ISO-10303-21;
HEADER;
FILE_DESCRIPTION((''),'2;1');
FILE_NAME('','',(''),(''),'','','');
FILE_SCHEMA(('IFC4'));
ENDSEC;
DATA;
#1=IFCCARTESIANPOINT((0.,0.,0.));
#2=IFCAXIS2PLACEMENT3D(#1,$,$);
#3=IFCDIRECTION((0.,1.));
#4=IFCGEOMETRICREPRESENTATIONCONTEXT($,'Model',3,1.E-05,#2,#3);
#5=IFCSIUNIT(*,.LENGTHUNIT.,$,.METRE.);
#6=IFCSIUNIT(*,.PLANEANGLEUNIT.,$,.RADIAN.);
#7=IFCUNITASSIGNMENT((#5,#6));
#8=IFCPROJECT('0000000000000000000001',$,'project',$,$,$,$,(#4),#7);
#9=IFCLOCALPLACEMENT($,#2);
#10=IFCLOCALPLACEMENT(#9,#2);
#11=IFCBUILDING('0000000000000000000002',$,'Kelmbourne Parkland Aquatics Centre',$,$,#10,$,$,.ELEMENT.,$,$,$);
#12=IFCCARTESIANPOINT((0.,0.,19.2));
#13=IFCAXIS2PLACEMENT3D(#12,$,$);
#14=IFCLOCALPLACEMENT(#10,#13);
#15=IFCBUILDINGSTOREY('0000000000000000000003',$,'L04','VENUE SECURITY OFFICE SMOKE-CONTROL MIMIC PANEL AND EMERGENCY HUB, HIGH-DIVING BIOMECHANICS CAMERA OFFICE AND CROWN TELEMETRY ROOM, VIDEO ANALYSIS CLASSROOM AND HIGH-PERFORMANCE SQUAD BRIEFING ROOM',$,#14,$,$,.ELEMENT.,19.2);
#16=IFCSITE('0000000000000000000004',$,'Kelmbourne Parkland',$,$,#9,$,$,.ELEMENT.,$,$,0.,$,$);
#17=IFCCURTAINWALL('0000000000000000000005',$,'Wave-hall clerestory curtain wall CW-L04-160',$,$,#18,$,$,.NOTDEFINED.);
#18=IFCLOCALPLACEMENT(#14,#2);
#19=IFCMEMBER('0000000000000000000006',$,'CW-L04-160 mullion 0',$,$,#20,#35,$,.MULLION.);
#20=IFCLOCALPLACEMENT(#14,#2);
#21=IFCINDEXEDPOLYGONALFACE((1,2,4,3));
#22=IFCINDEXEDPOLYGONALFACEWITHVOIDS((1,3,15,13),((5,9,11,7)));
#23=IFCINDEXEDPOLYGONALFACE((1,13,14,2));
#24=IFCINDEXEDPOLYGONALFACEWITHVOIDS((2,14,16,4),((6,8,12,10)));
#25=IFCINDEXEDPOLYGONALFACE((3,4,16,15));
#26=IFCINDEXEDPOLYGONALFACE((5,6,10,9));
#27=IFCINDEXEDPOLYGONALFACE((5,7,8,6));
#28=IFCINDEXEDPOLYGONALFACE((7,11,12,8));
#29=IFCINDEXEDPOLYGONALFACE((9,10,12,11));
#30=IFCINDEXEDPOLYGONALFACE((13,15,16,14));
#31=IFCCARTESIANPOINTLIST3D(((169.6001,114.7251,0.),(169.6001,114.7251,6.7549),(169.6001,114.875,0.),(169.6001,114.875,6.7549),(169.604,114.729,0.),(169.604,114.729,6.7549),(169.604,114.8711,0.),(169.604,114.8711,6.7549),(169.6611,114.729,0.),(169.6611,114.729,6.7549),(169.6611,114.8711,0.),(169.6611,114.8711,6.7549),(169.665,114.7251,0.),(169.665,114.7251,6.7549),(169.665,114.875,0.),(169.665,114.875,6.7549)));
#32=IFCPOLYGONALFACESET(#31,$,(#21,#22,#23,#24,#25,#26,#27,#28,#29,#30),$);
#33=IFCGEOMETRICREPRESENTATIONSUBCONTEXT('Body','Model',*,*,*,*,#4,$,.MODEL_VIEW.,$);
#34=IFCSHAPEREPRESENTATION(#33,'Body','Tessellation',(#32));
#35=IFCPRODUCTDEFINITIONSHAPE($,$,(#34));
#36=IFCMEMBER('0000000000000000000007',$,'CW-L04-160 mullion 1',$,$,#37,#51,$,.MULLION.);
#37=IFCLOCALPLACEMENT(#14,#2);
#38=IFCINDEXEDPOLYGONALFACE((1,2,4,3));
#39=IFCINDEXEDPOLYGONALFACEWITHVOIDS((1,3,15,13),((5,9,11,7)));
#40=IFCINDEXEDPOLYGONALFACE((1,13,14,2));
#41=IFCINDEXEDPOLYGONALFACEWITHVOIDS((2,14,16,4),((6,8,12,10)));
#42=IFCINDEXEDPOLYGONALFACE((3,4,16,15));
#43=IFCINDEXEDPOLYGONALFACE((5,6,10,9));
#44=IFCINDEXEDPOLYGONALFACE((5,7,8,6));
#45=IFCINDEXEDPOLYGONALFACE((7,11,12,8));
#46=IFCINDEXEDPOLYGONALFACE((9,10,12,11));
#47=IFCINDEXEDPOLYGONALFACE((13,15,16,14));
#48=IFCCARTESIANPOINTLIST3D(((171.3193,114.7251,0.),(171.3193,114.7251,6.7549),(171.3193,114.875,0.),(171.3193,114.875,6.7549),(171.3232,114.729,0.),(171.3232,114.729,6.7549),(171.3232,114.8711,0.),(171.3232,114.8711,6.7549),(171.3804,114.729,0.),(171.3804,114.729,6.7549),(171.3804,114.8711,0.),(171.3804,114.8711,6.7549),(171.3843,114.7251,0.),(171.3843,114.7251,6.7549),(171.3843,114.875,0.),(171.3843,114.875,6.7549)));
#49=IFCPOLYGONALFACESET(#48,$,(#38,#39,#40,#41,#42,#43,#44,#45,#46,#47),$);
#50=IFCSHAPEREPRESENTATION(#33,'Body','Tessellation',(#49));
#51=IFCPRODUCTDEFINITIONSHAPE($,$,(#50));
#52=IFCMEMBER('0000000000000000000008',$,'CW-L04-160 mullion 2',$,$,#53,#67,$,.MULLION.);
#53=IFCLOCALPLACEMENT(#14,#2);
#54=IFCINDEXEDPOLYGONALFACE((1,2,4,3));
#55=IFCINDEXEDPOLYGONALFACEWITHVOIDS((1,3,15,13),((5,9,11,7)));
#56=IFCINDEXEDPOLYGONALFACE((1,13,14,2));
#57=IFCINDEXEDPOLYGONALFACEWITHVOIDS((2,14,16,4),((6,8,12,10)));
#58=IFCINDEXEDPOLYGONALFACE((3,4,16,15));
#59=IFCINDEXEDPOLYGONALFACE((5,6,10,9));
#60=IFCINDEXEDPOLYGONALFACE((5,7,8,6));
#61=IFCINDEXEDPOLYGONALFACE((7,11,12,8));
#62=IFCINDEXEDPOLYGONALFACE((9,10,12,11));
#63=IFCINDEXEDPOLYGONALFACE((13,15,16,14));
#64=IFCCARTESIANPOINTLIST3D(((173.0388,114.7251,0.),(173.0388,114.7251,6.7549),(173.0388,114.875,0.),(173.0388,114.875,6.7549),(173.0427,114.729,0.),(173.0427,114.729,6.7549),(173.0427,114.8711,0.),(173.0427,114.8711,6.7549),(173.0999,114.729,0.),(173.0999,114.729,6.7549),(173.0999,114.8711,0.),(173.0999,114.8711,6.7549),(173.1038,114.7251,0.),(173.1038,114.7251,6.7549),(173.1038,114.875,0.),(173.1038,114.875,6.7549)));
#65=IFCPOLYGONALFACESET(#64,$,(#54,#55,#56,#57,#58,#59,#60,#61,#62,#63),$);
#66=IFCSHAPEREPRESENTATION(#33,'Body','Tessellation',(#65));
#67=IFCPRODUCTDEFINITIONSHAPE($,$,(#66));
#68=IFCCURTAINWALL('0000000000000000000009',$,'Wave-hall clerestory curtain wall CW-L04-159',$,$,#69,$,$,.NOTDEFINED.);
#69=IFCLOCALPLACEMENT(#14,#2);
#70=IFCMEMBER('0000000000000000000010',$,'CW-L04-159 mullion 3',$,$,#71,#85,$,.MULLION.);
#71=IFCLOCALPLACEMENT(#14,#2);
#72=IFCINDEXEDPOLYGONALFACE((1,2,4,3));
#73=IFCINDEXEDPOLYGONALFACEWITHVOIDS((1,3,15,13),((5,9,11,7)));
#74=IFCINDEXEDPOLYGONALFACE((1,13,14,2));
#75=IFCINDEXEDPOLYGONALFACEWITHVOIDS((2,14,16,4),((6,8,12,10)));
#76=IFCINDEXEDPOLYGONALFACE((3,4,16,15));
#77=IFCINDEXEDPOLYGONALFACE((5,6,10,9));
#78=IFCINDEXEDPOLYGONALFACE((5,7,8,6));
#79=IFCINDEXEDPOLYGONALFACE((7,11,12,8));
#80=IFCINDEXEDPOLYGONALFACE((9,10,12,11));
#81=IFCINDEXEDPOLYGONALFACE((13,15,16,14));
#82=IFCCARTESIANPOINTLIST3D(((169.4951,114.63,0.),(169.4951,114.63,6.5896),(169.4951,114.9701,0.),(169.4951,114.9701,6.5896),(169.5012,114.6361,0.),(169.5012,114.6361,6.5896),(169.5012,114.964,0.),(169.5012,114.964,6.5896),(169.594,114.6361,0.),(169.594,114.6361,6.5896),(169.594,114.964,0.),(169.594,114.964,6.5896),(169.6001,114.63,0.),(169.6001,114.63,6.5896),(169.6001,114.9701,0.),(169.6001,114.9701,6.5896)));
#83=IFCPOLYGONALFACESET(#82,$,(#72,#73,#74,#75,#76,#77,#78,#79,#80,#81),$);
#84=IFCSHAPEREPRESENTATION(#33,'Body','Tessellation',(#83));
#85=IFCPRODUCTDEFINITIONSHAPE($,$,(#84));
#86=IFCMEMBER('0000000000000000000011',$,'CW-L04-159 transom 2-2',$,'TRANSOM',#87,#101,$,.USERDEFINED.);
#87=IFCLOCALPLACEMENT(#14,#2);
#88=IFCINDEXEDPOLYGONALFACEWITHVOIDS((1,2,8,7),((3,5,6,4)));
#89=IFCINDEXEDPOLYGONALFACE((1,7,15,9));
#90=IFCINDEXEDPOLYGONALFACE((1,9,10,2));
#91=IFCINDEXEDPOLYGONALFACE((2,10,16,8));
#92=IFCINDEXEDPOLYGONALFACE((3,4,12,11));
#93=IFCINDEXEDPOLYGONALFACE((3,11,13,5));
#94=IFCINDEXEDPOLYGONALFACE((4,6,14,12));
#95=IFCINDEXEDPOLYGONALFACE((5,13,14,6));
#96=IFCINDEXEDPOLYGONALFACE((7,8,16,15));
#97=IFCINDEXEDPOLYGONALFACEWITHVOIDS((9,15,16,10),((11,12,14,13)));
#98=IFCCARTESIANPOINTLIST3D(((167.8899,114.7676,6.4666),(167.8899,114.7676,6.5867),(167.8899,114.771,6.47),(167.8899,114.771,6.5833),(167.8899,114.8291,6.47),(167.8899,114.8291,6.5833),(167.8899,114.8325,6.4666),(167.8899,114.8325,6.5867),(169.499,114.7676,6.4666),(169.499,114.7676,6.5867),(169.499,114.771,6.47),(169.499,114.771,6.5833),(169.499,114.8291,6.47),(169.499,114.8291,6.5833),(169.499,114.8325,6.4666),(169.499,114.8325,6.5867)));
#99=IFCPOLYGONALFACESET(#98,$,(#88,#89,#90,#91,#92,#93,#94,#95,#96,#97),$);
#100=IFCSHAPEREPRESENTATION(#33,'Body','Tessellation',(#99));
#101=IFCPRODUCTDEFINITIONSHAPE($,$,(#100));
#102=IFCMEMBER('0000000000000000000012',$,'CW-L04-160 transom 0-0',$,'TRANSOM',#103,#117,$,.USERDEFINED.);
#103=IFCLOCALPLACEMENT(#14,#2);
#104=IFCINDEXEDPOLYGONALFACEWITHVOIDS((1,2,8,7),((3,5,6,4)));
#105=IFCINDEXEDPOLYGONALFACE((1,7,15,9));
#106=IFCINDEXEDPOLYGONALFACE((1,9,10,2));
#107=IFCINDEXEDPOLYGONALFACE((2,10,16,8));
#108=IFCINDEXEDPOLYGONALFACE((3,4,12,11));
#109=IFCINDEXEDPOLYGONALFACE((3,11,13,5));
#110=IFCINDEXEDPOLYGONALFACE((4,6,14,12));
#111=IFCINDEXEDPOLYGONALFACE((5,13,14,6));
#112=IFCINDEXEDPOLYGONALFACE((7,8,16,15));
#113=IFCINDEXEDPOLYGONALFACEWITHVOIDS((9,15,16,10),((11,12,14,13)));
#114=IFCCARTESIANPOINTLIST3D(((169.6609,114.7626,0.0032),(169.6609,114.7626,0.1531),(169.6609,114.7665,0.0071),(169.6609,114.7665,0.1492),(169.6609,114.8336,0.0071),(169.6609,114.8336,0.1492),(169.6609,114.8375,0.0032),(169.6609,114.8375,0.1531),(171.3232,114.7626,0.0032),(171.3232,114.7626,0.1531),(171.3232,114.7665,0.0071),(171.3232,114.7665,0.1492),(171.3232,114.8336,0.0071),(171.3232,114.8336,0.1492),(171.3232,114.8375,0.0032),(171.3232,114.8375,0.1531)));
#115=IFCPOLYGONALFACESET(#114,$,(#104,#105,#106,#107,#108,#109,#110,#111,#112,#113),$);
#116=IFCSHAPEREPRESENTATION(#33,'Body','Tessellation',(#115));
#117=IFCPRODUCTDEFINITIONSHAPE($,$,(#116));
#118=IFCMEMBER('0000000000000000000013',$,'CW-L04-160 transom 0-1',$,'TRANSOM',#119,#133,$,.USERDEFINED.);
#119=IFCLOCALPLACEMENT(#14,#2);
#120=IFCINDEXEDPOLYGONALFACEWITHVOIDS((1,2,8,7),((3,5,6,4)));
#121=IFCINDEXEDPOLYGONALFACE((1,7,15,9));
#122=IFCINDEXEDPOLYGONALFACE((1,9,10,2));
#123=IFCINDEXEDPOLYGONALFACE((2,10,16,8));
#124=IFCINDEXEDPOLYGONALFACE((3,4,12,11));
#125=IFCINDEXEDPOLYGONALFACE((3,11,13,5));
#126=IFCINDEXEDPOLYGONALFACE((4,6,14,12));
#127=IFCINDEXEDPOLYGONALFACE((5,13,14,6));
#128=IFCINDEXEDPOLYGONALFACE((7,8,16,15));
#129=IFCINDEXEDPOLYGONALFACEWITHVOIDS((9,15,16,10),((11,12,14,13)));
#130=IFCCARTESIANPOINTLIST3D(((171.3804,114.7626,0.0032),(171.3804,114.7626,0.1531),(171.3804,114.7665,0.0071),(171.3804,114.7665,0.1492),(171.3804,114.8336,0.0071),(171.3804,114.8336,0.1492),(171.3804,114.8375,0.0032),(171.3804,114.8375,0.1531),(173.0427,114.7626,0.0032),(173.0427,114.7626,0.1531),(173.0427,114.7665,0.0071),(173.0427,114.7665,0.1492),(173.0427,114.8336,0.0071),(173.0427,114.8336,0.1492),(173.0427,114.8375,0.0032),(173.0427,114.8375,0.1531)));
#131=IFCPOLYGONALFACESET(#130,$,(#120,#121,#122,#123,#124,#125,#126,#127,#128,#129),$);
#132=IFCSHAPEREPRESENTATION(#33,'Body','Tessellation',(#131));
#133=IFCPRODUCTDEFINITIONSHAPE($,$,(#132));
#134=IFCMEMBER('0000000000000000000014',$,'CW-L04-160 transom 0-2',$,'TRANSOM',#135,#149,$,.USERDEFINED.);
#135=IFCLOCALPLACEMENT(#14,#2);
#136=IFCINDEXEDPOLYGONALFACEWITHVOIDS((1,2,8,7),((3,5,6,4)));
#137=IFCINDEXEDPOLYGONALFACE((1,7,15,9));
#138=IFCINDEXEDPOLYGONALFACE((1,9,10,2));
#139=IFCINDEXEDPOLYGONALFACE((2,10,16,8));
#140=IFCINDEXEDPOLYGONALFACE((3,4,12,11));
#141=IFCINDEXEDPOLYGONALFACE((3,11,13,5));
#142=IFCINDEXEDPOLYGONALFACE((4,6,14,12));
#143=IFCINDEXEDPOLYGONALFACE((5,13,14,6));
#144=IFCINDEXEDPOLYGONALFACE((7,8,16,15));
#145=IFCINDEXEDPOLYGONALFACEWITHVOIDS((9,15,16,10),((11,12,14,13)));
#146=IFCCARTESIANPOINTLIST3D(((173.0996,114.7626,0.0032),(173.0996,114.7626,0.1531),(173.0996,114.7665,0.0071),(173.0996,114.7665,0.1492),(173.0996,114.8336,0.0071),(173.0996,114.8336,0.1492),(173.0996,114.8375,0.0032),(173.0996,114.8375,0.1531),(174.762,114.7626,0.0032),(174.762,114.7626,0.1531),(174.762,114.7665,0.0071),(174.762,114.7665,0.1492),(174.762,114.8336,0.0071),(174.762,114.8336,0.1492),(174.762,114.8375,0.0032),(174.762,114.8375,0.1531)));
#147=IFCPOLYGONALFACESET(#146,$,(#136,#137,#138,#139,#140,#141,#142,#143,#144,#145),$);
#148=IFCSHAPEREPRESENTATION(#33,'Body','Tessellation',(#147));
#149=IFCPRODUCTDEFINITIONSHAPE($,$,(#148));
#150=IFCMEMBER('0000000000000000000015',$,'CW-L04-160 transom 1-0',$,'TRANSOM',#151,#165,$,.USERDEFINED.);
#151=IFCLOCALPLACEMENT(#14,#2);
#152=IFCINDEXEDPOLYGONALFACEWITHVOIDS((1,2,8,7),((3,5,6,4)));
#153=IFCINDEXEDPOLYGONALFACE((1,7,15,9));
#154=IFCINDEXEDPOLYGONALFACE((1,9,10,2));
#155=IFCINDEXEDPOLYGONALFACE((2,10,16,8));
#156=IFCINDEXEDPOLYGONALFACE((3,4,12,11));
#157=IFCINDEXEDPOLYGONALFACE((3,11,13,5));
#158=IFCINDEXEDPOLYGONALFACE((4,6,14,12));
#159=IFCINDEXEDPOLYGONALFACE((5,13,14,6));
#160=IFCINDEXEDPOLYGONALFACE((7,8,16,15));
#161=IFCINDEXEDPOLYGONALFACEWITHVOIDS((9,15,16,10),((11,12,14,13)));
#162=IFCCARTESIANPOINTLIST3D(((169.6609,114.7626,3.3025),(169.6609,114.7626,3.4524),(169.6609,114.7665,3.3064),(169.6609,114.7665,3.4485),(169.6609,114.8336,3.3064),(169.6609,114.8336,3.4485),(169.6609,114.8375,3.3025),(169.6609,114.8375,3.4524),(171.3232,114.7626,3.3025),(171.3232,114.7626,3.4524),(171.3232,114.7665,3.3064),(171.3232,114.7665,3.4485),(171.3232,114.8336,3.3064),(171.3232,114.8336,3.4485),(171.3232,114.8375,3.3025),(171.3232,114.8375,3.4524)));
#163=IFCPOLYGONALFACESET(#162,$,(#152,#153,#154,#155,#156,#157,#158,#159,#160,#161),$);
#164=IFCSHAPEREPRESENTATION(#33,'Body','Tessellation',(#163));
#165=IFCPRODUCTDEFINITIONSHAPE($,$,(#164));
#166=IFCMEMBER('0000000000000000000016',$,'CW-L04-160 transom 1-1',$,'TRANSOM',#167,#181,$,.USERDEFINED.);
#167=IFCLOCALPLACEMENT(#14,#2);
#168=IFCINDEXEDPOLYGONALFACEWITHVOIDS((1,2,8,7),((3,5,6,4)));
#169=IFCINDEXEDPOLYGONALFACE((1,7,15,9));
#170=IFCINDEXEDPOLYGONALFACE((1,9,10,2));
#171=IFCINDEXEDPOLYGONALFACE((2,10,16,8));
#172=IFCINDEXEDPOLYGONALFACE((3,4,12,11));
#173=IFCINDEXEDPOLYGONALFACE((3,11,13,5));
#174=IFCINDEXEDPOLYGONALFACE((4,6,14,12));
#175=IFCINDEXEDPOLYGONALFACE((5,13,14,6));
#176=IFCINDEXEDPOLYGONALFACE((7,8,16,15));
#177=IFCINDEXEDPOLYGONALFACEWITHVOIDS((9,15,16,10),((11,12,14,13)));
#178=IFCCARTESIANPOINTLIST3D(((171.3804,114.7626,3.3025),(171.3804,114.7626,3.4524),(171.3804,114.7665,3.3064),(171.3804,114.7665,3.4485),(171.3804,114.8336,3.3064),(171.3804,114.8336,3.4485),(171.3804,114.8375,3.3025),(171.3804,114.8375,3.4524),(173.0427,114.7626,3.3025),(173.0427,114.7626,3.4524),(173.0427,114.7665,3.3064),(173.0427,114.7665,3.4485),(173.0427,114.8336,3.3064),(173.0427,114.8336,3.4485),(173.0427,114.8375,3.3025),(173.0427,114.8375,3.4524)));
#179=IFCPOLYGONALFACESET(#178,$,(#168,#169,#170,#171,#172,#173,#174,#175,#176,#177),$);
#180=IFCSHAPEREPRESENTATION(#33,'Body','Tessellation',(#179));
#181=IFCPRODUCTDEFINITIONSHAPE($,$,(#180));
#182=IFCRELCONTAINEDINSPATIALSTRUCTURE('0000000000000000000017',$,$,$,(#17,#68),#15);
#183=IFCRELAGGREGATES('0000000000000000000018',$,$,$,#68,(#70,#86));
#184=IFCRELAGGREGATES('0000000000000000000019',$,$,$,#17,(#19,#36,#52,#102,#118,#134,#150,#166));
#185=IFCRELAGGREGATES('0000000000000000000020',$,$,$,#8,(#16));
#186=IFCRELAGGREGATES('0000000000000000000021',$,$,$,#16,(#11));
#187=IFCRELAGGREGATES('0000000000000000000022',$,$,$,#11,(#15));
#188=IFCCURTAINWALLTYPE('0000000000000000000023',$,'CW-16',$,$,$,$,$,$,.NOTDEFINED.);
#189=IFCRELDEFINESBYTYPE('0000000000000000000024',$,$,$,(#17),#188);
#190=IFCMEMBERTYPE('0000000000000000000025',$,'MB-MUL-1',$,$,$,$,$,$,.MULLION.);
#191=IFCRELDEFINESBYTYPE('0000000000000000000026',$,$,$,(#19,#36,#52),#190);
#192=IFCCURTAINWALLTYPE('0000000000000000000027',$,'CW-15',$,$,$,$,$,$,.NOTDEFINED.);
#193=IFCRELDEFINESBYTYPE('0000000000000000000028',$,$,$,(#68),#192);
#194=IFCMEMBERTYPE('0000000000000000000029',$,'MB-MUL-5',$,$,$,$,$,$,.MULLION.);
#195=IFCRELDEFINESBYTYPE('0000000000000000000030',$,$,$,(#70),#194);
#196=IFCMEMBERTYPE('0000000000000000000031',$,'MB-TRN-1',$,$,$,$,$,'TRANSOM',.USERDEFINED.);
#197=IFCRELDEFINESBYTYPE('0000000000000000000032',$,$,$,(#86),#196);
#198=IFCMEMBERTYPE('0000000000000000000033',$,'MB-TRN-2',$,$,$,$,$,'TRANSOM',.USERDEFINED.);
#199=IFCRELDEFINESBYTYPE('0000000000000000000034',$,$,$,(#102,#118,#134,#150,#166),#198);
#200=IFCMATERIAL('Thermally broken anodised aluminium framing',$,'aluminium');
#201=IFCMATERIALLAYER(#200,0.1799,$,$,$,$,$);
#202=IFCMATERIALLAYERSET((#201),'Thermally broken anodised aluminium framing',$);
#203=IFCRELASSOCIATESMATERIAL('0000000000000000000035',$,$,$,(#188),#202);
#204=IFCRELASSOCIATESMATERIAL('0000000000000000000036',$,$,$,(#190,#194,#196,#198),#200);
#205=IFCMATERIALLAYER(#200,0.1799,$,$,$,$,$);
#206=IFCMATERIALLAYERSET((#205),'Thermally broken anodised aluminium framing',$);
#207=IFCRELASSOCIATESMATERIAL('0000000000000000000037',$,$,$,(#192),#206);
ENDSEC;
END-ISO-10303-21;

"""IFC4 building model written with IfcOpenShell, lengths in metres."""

from ifc_helpers import new_model, si_unit, direction, frame, origin, origin_2d, place, context, subcontext, project, spatial, hollow_rectangle, extrude, material, layer, layer_set, material_profile, profile_set, type_object, element, aggregate, save


model = new_model("IFC4")

# Units and contexts
model_context = context("Model", 3, precision=1e-05, world=origin(), true_north=direction((0.0, 1.0)))
body_context = subcontext(model_context, "Body", "Model", "MODEL_VIEW")
ifc_project = project(units=[si_unit("LENGTHUNIT", "METRE"), si_unit("PLANEANGLEUNIT", "RADIAN")], contexts=[model_context])

# Site, building, storey
site_placement = place(None, origin())
site = spatial("IfcSite", under=ifc_project, at=site_placement, Name="Kelmbourne Parkland", CompositionType="ELEMENT", RefElevation=0.0)
building_placement = place(site_placement, origin())
building = spatial("IfcBuilding", under=site, at=building_placement, Name="Kelmbourne Parkland Aquatics Centre", CompositionType="ELEMENT")
storey_placement = place(building_placement, frame((0.0, 0.0, 19.2)))
storey = spatial("IfcBuildingStorey", under=building, at=storey_placement, Name="L04", Description="VENUE SECURITY OFFICE SMOKE-CONTROL MIMIC PANEL AND EMERGENCY HUB, HIGH-DIVING BIOMECHANICS CAMERA OFFICE AND CROWN TELEMETRY ROOM, VIDEO ANALYSIS CLASSROOM AND HIGH-PERFORMANCE SQUAD BRIEFING ROOM", CompositionType="ELEMENT", Elevation=19.2)

# Curtain walls, members
ifc_material_1 = material(Name="Thermally broken anodised aluminium framing", Category="aluminium")
ifc_layer_1 = layer(ifc_material_1, 0.1799)
ifc_layer_set_1 = layer_set([ifc_layer_1], Name="Thermally broken anodised aluminium framing")
curtain_wall_type_1 = type_object("IfcCurtainWallType", Name="CW-16", PredefinedType="NOTDEFINED", material=ifc_layer_set_1)
curtain_wall_1_placement = place(storey_placement, origin())
curtain_wall_1 = element("IfcCurtainWall", 1, at=curtain_wall_1_placement, inside=storey, type_object=curtain_wall_type_1, Name="Wave-hall clerestory curtain wall CW-L04-160", PredefinedType="NOTDEFINED")
ifc_material_profile_1 = material_profile(ifc_material_1, hollow_rectangle(XDim=0.0649, YDim=0.1499, WallThickness=0.0039, at=origin_2d()), Name="CW-M 65x150")
ifc_profile_set_1 = profile_set([ifc_material_profile_1], Name="Thermally broken anodised aluminium framing")
member_type_1 = type_object("IfcMemberType", Name="MB-MUL-1", PredefinedType="MULLION", material=ifc_profile_set_1)
member_1_placement = place(storey_placement, frame((169.6326, 114.8, 0.0), z_axis=(0.0, 0.0, 1.0), x_axis=(1.0, 0.0, 0.0)))
member_1 = element("IfcMember", 2, at=member_1_placement, type_object=member_type_1, Name="CW-L04-160 mullion 0", PredefinedType="MULLION", context=body_context, shape_type="SweptSolid", body=[
    extrude(hollow_rectangle(XDim=0.0649, YDim=0.1499, WallThickness=0.0039, at=origin_2d()), origin(), (0.0, 0.0, 1.0), 6.7549),
])
member_2_placement = place(storey_placement, frame((171.3518, 114.8, 0.0), z_axis=(0.0, 0.0, 1.0), x_axis=(1.0, 0.0, 0.0)))
member_2 = element("IfcMember", 3, at=member_2_placement, type_object=member_type_1, Name="CW-L04-160 mullion 1", PredefinedType="MULLION", context=body_context, shape_type="SweptSolid", body=[
    extrude(hollow_rectangle(XDim=0.0649, YDim=0.1499, WallThickness=0.0039, at=origin_2d()), origin(), (0.0, 0.0, 1.0), 6.7549),
])
member_3_placement = place(storey_placement, frame((173.0713, 114.8, 0.0), z_axis=(0.0, 0.0, 1.0), x_axis=(1.0, 0.0, 0.0)))
member_3 = element("IfcMember", 4, at=member_3_placement, type_object=member_type_1, Name="CW-L04-160 mullion 2", PredefinedType="MULLION", context=body_context, shape_type="SweptSolid", body=[
    extrude(hollow_rectangle(XDim=0.0649, YDim=0.1499, WallThickness=0.0039, at=origin_2d()), origin(), (0.0, 0.0, 1.0), 6.7549),
])
ifc_layer_2 = layer(ifc_material_1, 0.1799)
ifc_layer_set_2 = layer_set([ifc_layer_2], Name="Thermally broken anodised aluminium framing")
curtain_wall_type_2 = type_object("IfcCurtainWallType", Name="CW-15", PredefinedType="NOTDEFINED", material=ifc_layer_set_2)
curtain_wall_2_placement = place(storey_placement, origin())
curtain_wall_2 = element("IfcCurtainWall", 5, at=curtain_wall_2_placement, inside=storey, type_object=curtain_wall_type_2, Name="Wave-hall clerestory curtain wall CW-L04-159", PredefinedType="NOTDEFINED")
ifc_material_profile_2 = material_profile(ifc_material_1, hollow_rectangle(XDim=0.105, YDim=0.3401, WallThickness=0.0061, at=origin_2d()), Name="CW-M 105x340")
ifc_profile_set_2 = profile_set([ifc_material_profile_2], Name="Thermally broken anodised aluminium framing")
member_type_2 = type_object("IfcMemberType", Name="MB-MUL-5", PredefinedType="MULLION", material=ifc_profile_set_2)
member_4_placement = place(storey_placement, frame((169.5476, 114.8, 0.0), z_axis=(0.0, 0.0, 1.0), x_axis=(1.0, 0.0, 0.0)))
member_4 = element("IfcMember", 6, at=member_4_placement, type_object=member_type_2, Name="CW-L04-159 mullion 3", PredefinedType="MULLION", context=body_context, shape_type="SweptSolid", body=[
    extrude(hollow_rectangle(XDim=0.105, YDim=0.3401, WallThickness=0.0061, at=origin_2d()), origin(), (0.0, 0.0, 1.0), 6.5896),
])
ifc_material_profile_3 = material_profile(ifc_material_1, hollow_rectangle(XDim=0.0649, YDim=0.1201, WallThickness=0.0034, at=origin_2d()), Name="CW-T 65x120")
ifc_profile_set_3 = profile_set([ifc_material_profile_3], Name="Thermally broken anodised aluminium framing")
member_type_3 = type_object("IfcMemberType", Name="MB-TRN-1", ElementType="TRANSOM", PredefinedType="USERDEFINED", material=ifc_profile_set_3)
member_5_placement = place(storey_placement, frame((167.8899, 114.8, 6.5266), z_axis=(1.0, 0.0, 0.0), x_axis=(0.0, 1.0, 0.0)))
member_5 = element("IfcMember", 7, at=member_5_placement, type_object=member_type_3, Name="CW-L04-159 transom 2-2", ObjectType="TRANSOM", PredefinedType="USERDEFINED", context=body_context, shape_type="SweptSolid", body=[
    extrude(hollow_rectangle(XDim=0.0649, YDim=0.1201, WallThickness=0.0034, at=origin_2d()), origin(), (0.0, 0.0, 1.0), 1.6091),
])

# Members
ifc_material_profile_4 = material_profile(ifc_material_1, hollow_rectangle(XDim=0.075, YDim=0.1499, WallThickness=0.0039, at=origin_2d()), Name="CW-T 75x150")
ifc_profile_set_4 = profile_set([ifc_material_profile_4], Name="Thermally broken anodised aluminium framing")
member_type_4 = type_object("IfcMemberType", Name="MB-TRN-2", ElementType="TRANSOM", PredefinedType="USERDEFINED", material=ifc_profile_set_4)
member_6_placement = place(storey_placement, frame((169.6609, 114.8, 0.0781), z_axis=(1.0, 0.0, 0.0), x_axis=(0.0, 1.0, 0.0)))
member_6 = element("IfcMember", 8, at=member_6_placement, type_object=member_type_4, Name="CW-L04-160 transom 0-0", ObjectType="TRANSOM", PredefinedType="USERDEFINED", context=body_context, shape_type="SweptSolid", body=[
    extrude(hollow_rectangle(XDim=0.075, YDim=0.1499, WallThickness=0.0039, at=origin_2d()), origin(), (0.0, 0.0, 1.0), 1.6624),
])
member_7_placement = place(storey_placement, frame((171.3804, 114.8, 0.0781), z_axis=(1.0, 0.0, 0.0), x_axis=(0.0, 1.0, 0.0)))
member_7 = element("IfcMember", 9, at=member_7_placement, type_object=member_type_4, Name="CW-L04-160 transom 0-1", ObjectType="TRANSOM", PredefinedType="USERDEFINED", context=body_context, shape_type="SweptSolid", body=[
    extrude(hollow_rectangle(XDim=0.075, YDim=0.1499, WallThickness=0.0039, at=origin_2d()), origin(), (0.0, 0.0, 1.0), 1.6624),
])
member_8_placement = place(storey_placement, frame((173.0996, 114.8, 0.0781), z_axis=(1.0, 0.0, 0.0), x_axis=(0.0, 1.0, 0.0)))
member_8 = element("IfcMember", 10, at=member_8_placement, type_object=member_type_4, Name="CW-L04-160 transom 0-2", ObjectType="TRANSOM", PredefinedType="USERDEFINED", context=body_context, shape_type="SweptSolid", body=[
    extrude(hollow_rectangle(XDim=0.075, YDim=0.1499, WallThickness=0.0039, at=origin_2d()), origin(), (0.0, 0.0, 1.0), 1.6624),
])
member_9_placement = place(storey_placement, frame((169.6609, 114.8, 3.3774), z_axis=(1.0, 0.0, 0.0), x_axis=(0.0, 1.0, 0.0)))
member_9 = element("IfcMember", 11, at=member_9_placement, type_object=member_type_4, Name="CW-L04-160 transom 1-0", ObjectType="TRANSOM", PredefinedType="USERDEFINED", context=body_context, shape_type="SweptSolid", body=[
    extrude(hollow_rectangle(XDim=0.075, YDim=0.1499, WallThickness=0.0039, at=origin_2d()), origin(), (0.0, 0.0, 1.0), 1.6624),
])
member_10_placement = place(storey_placement, frame((171.3804, 114.8, 3.3774), z_axis=(1.0, 0.0, 0.0), x_axis=(0.0, 1.0, 0.0)))
member_10 = element("IfcMember", 12, at=member_10_placement, type_object=member_type_4, Name="CW-L04-160 transom 1-1", ObjectType="TRANSOM", PredefinedType="USERDEFINED", context=body_context, shape_type="SweptSolid", body=[
    extrude(hollow_rectangle(XDim=0.075, YDim=0.1499, WallThickness=0.0039, at=origin_2d()), origin(), (0.0, 0.0, 1.0), 1.6624),
])

aggregate(curtain_wall_2, [member_4, member_5])
aggregate(curtain_wall_1, [member_1, member_2, member_3, member_6, member_7, member_8, member_9, member_10])

save(model, "model.ifc")
